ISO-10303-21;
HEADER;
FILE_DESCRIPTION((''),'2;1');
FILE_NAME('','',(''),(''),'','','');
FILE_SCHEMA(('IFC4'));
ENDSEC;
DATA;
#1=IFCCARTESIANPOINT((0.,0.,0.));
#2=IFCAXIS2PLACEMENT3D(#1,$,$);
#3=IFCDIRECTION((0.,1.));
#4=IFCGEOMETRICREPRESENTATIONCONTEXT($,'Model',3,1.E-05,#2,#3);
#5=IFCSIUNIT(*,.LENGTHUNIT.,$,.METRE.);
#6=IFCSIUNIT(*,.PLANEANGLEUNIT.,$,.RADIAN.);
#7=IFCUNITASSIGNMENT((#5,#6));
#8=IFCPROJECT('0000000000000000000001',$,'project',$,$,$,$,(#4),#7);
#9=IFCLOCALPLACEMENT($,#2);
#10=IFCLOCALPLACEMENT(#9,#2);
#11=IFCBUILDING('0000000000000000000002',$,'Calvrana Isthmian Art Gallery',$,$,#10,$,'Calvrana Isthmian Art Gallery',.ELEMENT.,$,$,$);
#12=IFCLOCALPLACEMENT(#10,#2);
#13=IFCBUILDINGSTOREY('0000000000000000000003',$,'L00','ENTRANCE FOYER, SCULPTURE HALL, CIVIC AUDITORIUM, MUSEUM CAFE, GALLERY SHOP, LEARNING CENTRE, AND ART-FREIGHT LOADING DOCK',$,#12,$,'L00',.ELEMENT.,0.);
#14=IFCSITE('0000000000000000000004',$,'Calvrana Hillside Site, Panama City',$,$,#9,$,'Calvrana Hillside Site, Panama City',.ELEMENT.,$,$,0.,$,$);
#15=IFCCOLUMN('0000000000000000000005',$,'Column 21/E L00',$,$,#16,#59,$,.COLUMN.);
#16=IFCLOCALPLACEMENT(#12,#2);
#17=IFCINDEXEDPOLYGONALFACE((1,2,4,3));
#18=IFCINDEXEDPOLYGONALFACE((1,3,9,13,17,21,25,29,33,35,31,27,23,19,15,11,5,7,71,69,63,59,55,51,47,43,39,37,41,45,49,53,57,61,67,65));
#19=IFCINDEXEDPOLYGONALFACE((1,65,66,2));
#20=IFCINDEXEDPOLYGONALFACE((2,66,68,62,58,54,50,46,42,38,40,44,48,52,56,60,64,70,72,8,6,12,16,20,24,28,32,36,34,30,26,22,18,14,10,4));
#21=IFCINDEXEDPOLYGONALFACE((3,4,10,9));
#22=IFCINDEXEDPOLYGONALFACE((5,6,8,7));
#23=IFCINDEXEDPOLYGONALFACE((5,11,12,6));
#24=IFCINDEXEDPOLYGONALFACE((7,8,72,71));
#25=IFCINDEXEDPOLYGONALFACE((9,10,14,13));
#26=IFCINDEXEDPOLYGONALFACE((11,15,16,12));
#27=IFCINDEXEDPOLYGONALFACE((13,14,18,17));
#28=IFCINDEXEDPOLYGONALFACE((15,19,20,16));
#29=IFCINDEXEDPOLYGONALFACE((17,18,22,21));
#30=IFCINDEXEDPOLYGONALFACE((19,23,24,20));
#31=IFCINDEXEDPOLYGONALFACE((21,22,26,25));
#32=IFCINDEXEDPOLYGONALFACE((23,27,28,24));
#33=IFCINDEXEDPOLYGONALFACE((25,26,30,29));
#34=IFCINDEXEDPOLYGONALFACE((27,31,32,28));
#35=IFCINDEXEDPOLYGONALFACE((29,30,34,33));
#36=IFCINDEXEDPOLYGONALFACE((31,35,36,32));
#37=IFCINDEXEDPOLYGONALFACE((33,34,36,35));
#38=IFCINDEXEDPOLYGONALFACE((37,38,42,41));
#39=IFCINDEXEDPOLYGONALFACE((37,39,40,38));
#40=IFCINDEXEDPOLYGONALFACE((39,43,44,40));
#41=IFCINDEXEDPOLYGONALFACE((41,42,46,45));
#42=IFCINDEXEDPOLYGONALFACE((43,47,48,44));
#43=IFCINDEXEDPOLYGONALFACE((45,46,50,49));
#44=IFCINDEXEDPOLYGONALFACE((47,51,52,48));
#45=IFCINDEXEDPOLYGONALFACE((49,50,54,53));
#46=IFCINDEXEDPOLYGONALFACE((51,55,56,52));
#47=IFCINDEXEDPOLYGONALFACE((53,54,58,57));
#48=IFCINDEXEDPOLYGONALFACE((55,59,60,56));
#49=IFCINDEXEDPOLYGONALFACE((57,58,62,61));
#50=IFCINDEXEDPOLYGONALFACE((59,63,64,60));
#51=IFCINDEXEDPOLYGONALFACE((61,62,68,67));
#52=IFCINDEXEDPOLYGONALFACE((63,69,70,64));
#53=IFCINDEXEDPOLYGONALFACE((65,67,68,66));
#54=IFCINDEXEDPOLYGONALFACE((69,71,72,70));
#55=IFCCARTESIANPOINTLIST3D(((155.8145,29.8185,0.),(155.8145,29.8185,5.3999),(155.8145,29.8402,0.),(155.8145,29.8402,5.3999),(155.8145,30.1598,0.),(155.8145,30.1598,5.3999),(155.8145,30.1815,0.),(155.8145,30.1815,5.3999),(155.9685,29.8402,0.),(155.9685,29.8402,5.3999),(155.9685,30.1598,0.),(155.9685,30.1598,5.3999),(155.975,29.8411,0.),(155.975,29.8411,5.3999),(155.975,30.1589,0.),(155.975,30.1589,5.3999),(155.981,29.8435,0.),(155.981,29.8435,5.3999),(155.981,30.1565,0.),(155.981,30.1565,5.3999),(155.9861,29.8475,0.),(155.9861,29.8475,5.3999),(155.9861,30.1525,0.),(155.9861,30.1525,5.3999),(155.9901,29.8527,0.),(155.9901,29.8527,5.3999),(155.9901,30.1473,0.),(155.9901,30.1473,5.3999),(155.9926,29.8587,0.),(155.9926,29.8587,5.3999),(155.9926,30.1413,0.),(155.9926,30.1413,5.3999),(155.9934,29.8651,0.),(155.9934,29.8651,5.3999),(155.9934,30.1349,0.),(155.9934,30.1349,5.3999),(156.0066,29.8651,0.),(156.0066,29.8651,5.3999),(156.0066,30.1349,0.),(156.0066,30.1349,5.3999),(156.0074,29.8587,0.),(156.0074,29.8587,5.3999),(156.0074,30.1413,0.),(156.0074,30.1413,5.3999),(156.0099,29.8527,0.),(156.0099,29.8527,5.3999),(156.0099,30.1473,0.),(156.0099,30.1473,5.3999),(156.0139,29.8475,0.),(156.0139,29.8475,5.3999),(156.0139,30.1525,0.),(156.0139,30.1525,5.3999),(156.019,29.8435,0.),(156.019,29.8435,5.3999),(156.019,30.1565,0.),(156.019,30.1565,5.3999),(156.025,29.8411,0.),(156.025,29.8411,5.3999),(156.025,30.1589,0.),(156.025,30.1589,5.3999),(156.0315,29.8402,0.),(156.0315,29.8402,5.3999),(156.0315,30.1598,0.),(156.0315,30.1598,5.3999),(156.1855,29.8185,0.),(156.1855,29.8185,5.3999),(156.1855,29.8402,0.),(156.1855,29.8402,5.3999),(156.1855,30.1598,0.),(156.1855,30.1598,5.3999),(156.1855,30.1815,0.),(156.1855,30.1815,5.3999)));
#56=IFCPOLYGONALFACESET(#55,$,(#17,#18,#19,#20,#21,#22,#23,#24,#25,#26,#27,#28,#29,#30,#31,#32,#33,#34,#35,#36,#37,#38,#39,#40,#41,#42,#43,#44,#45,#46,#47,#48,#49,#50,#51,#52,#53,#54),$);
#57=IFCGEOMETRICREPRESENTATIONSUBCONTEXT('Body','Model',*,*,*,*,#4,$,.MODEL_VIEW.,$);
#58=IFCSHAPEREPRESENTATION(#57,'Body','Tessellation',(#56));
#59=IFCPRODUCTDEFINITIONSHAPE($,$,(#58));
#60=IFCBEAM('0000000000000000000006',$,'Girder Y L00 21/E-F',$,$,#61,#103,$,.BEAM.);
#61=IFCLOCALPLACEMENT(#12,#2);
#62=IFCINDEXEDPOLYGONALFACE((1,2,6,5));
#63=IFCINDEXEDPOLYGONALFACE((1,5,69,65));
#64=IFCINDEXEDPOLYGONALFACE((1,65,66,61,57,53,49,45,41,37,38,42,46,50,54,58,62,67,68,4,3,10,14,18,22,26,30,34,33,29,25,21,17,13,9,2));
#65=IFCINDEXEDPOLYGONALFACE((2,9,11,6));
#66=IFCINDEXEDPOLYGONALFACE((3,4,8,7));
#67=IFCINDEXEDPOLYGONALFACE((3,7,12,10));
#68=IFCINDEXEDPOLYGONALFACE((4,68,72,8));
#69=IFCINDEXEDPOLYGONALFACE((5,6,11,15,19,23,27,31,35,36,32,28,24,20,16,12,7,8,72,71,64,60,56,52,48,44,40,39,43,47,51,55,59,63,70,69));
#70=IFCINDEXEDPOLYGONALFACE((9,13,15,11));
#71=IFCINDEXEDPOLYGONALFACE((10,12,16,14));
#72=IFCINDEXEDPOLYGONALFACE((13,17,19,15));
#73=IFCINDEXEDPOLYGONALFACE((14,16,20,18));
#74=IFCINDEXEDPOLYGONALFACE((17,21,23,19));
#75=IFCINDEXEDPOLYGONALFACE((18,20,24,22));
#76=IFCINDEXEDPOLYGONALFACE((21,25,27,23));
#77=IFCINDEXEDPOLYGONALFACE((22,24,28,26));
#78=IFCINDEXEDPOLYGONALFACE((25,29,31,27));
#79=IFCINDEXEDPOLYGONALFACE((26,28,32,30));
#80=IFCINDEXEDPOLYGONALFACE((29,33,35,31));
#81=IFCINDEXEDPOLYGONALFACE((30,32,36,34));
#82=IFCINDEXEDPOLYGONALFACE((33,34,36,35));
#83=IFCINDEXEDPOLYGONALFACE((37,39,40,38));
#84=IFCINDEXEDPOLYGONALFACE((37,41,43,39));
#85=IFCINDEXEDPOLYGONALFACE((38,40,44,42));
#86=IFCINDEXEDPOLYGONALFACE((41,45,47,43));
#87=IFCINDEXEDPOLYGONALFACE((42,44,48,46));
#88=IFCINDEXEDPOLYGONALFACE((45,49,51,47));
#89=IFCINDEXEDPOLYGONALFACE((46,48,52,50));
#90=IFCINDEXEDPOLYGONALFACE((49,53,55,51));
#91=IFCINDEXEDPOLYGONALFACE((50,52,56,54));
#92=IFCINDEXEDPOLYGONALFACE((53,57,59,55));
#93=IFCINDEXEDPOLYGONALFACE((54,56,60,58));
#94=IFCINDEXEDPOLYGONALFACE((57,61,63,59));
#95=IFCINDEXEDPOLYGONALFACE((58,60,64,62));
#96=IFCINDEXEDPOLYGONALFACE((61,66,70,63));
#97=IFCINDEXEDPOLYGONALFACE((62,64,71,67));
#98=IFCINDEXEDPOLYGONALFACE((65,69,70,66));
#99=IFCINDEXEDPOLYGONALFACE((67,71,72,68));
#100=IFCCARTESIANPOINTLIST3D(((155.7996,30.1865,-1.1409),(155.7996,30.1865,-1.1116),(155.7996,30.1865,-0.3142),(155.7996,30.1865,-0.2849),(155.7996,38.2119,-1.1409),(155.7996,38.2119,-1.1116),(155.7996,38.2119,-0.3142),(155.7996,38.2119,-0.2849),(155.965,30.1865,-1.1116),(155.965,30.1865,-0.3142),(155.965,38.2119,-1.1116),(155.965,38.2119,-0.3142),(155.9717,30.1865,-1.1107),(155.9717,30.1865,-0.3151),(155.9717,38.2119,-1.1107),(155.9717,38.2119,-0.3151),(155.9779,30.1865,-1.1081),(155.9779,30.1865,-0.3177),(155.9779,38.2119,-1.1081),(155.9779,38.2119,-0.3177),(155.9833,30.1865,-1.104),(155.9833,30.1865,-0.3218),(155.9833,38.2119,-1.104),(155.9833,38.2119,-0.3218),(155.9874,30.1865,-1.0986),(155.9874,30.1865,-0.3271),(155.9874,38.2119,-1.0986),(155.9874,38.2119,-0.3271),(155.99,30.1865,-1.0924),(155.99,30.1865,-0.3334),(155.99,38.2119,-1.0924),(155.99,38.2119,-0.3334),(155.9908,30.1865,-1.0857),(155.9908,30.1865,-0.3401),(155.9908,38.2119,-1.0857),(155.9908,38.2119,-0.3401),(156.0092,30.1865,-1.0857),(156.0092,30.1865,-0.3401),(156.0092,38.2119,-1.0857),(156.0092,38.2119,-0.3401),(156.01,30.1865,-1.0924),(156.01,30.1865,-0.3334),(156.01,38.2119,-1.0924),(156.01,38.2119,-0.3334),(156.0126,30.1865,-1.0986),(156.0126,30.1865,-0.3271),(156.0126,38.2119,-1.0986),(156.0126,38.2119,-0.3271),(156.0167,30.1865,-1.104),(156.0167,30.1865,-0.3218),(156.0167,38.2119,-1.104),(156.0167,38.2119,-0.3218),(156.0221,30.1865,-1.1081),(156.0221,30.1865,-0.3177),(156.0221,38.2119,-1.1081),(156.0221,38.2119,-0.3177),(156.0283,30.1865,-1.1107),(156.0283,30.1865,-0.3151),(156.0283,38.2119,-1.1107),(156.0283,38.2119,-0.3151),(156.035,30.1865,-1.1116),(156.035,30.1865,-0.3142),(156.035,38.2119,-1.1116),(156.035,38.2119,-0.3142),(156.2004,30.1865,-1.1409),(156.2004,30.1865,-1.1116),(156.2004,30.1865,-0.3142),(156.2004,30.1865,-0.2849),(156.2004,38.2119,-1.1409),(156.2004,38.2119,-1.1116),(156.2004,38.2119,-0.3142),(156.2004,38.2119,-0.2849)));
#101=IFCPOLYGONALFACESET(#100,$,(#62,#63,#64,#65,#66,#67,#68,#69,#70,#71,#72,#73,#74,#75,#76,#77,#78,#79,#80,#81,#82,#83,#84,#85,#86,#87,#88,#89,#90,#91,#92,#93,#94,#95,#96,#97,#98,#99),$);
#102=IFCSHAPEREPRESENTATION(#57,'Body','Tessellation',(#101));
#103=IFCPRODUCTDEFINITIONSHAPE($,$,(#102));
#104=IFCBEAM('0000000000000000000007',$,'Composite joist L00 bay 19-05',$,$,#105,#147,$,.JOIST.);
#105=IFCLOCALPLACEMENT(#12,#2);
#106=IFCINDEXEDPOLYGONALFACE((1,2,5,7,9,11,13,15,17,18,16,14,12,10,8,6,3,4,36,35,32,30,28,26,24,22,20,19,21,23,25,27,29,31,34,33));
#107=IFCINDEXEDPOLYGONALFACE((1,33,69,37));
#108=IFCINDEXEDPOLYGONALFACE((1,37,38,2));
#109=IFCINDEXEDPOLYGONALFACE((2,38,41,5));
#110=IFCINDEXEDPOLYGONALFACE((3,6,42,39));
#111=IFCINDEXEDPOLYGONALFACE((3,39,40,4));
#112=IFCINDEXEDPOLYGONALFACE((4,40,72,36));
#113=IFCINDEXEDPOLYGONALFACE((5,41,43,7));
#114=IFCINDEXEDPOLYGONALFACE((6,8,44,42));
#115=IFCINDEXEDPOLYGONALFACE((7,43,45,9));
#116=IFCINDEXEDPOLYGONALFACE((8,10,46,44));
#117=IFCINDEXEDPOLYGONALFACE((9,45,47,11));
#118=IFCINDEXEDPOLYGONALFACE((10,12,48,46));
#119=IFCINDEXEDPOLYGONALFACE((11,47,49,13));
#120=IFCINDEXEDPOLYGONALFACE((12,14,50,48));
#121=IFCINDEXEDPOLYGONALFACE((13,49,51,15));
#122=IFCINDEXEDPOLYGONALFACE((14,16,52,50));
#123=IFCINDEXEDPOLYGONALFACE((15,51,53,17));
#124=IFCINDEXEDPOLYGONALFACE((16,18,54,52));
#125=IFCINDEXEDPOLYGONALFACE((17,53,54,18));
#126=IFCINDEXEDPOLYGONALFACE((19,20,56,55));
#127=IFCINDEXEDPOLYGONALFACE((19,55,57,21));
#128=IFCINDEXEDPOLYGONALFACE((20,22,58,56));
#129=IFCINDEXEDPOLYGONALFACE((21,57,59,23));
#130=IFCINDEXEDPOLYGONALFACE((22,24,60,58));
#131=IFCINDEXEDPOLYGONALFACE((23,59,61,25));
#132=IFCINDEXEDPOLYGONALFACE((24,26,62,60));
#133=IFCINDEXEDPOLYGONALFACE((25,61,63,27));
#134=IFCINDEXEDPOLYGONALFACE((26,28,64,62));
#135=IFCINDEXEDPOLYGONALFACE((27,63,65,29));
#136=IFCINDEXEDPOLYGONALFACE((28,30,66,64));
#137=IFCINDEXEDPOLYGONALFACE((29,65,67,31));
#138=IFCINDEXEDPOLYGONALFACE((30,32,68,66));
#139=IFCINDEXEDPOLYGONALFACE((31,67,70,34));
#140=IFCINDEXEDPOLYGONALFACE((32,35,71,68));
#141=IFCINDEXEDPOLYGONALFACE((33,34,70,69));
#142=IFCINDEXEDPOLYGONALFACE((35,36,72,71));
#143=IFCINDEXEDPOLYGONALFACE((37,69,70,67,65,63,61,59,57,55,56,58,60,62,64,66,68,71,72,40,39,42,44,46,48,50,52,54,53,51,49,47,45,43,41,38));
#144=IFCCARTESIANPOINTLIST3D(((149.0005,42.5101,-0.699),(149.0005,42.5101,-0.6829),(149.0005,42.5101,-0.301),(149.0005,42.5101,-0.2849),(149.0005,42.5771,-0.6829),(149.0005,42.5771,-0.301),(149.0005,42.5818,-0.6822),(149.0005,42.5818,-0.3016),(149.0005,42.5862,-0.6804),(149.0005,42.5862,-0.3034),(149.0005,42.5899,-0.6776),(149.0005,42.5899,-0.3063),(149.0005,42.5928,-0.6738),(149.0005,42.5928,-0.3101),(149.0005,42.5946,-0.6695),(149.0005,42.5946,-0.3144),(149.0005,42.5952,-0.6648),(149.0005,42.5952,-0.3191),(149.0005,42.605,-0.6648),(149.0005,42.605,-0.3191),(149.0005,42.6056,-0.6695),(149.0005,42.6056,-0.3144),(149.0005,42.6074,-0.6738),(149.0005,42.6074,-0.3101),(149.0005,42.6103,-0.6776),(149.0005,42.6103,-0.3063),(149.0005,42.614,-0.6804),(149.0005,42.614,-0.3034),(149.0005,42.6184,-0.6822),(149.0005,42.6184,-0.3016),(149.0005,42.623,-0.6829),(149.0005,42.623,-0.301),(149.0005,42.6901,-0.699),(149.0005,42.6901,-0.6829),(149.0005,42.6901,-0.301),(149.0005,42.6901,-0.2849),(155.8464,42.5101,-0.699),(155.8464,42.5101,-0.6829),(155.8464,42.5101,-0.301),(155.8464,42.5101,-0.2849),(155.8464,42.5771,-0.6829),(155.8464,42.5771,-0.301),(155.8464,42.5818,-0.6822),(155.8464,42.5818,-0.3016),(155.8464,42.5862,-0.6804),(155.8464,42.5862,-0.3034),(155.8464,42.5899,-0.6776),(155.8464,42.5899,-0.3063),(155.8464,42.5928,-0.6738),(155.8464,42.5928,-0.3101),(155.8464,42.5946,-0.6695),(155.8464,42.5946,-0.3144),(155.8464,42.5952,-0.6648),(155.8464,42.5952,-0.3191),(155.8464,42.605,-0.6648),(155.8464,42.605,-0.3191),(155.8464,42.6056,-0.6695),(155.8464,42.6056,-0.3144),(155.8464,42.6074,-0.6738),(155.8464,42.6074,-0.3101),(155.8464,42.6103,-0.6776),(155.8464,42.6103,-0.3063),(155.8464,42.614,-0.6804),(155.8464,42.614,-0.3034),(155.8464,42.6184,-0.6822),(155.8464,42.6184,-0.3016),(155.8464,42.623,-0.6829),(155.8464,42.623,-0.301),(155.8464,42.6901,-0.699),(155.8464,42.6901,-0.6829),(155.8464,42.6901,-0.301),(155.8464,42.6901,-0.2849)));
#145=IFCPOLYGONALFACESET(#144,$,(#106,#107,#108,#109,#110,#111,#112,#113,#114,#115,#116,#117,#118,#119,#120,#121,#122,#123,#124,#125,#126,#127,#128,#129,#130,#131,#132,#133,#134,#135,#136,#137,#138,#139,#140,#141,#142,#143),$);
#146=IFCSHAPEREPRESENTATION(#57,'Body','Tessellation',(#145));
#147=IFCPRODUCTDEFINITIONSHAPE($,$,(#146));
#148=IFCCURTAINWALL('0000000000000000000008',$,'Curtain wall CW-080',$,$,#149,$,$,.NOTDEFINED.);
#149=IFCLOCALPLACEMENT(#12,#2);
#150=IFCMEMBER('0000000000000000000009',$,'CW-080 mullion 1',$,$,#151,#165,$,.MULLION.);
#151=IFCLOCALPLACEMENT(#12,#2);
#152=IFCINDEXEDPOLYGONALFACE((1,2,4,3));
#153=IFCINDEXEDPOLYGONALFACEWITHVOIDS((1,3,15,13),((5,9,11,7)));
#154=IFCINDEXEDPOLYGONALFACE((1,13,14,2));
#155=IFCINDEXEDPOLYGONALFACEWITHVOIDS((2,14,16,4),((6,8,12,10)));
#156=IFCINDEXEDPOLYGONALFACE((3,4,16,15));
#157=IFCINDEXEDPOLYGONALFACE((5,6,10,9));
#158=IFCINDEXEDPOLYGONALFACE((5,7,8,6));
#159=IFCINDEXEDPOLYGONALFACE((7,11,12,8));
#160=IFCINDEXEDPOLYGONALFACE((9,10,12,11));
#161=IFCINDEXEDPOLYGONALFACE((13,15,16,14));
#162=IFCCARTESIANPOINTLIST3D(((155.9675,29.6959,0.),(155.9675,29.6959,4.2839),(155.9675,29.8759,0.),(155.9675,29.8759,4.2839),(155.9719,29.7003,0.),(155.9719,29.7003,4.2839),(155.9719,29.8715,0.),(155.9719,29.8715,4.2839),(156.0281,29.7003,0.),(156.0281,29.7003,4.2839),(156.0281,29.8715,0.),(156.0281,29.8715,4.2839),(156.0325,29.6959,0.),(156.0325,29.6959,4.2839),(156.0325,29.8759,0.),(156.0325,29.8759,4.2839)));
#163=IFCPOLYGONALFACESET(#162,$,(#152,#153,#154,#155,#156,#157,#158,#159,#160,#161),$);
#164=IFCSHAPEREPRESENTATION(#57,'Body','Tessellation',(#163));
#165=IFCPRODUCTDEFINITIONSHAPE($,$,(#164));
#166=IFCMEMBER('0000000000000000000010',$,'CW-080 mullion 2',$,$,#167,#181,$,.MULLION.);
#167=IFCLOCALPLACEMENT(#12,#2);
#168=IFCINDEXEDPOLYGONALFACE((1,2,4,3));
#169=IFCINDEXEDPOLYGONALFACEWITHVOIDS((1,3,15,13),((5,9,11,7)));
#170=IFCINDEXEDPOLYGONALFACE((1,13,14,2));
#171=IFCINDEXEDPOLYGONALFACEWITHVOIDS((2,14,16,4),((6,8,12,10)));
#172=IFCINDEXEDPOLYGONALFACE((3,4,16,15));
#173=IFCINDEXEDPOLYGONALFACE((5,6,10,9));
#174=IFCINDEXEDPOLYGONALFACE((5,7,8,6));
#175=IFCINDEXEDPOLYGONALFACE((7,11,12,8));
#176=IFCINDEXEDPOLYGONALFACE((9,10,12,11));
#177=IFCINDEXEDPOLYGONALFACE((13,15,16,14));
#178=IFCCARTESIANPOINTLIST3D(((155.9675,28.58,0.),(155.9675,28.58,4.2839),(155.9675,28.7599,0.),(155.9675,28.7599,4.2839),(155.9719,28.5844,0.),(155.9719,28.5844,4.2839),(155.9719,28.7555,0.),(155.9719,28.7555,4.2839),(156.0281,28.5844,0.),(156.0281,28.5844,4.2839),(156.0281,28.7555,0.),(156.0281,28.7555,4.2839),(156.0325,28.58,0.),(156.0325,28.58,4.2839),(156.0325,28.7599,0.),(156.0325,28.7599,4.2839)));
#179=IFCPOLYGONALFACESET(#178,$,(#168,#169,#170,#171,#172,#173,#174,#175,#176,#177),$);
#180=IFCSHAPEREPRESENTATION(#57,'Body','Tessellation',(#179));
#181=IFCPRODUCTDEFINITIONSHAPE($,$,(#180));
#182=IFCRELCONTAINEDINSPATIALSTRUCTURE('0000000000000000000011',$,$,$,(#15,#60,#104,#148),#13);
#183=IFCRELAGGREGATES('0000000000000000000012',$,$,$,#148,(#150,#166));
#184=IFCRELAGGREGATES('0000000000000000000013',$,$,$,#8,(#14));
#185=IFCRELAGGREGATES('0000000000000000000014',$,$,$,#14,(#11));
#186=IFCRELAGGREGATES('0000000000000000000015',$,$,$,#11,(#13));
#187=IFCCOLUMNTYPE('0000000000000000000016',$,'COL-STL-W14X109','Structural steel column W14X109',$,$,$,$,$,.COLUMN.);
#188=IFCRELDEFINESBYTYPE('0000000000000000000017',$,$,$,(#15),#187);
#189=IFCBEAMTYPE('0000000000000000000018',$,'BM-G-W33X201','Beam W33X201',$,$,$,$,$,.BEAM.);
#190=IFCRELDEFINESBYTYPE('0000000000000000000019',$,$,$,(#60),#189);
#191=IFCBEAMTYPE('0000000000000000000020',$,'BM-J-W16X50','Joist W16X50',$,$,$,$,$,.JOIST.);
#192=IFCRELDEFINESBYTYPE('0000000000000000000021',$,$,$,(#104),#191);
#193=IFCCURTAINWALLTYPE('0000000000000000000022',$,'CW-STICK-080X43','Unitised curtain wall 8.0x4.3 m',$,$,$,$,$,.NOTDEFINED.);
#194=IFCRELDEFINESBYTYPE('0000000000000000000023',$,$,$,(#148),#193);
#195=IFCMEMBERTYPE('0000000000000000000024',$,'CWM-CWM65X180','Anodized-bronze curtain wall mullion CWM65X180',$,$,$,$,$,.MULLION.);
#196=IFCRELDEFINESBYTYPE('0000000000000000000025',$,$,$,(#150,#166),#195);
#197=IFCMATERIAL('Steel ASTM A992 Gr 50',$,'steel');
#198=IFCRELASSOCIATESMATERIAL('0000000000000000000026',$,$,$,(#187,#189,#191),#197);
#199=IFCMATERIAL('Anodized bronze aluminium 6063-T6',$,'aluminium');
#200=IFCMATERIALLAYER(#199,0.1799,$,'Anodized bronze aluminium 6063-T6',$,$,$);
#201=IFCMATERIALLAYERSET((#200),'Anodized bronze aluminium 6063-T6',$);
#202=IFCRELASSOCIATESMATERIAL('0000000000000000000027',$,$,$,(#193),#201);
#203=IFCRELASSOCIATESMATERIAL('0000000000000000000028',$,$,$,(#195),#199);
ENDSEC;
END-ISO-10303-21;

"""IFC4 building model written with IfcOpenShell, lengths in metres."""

from ifc_helpers import new_model, si_unit, direction, frame, origin, origin_2d, place, context, subcontext, project, spatial, hollow_rectangle, i_section, extrude, material, layer, layer_set, material_profile, profile_set, type_object, element, aggregate, save


model = new_model("IFC4")

# Units and contexts
model_context = context("Model", 3, precision=1e-05, world=origin(), true_north=direction((0.0, 1.0)))
body_context = subcontext(model_context, "Body", "Model", "MODEL_VIEW")
ifc_project = project(units=[si_unit("LENGTHUNIT", "METRE"), si_unit("PLANEANGLEUNIT", "RADIAN")], contexts=[model_context])

# Site, building, storey
site_placement = place(None, origin())
site = spatial("IfcSite", under=ifc_project, at=site_placement, Name="Calvrana Hillside Site, Panama City", LongName="Calvrana Hillside Site, Panama City", CompositionType="ELEMENT", RefElevation=0.0)
building_placement = place(site_placement, origin())
building = spatial("IfcBuilding", under=site, at=building_placement, Name="Calvrana Isthmian Art Gallery", LongName="Calvrana Isthmian Art Gallery", CompositionType="ELEMENT")
storey_placement = place(building_placement, origin())
storey = spatial("IfcBuildingStorey", under=building, at=storey_placement, Name="L00", Description="ENTRANCE FOYER, SCULPTURE HALL, CIVIC AUDITORIUM, MUSEUM CAFE, GALLERY SHOP, LEARNING CENTRE, AND ART-FREIGHT LOADING DOCK", LongName="L00", CompositionType="ELEMENT", Elevation=0.0)

# Column
ifc_material_1 = material(Name="Steel ASTM A992 Gr 50", Category="steel")
ifc_material_profile_1 = material_profile(ifc_material_1, i_section(OverallWidth=0.3711, OverallDepth=0.363, WebThickness=0.0132, FlangeThickness=0.0217, FilletRadius=0.0249, at=origin_2d()), Name="W14X109")
ifc_profile_set_1 = profile_set([ifc_material_profile_1], Name="Steel ASTM A992 Gr 50")
column_type = type_object("IfcColumnType", Name="COL-STL-W14X109", Description="Structural steel column W14X109", PredefinedType="COLUMN", material=ifc_profile_set_1)
column_placement = place(storey_placement, frame((156.0, 30.0, 0.0), z_axis=(0.0, 0.0, 1.0), x_axis=(1.0, 0.0, 0.0)))
element("IfcColumn", 1, at=column_placement, inside=storey, type_object=column_type, Name="Column 21/E L00", PredefinedType="COLUMN", context=body_context, shape_type="SweptSolid", body=[
    extrude(i_section(OverallWidth=0.3711, OverallDepth=0.363, WebThickness=0.0132, FlangeThickness=0.0217, FilletRadius=0.0249, at=origin_2d()), origin(), (0.0, 0.0, 1.0), 5.3999),
])

# Beams
ifc_material_profile_2 = material_profile(ifc_material_1, i_section(OverallWidth=0.4009, OverallDepth=0.856, WebThickness=0.0183, FlangeThickness=0.0293, FilletRadius=0.0259, at=origin_2d()), Name="W33X201")
ifc_profile_set_2 = profile_set([ifc_material_profile_2], Name="Steel ASTM A992 Gr 50")
beam_type_1 = type_object("IfcBeamType", Name="BM-G-W33X201", Description="Beam W33X201", PredefinedType="BEAM", material=ifc_profile_set_2)
beam_1_placement = place(storey_placement, frame((156.0, 30.1865, -0.7129), z_axis=(0.0, 1.0, 0.0), x_axis=(-1.0, 0.0, 0.0)))
element("IfcBeam", 2, at=beam_1_placement, inside=storey, type_object=beam_type_1, Name="Girder Y L00 21/E-F", PredefinedType="BEAM", context=body_context, shape_type="SweptSolid", body=[
    extrude(i_section(OverallWidth=0.4009, OverallDepth=0.856, WebThickness=0.0183, FlangeThickness=0.0293, FilletRadius=0.0259, at=origin_2d()), origin(), (0.0, 0.0, 1.0), 8.0254),
])
ifc_material_profile_3 = material_profile(ifc_material_1, i_section(OverallWidth=0.1799, OverallDepth=0.4141, WebThickness=0.0098, FlangeThickness=0.0161, FilletRadius=0.0181, at=origin_2d()), Name="W16X50")
ifc_profile_set_3 = profile_set([ifc_material_profile_3], Name="Steel ASTM A992 Gr 50")
beam_type_2 = type_object("IfcBeamType", Name="BM-J-W16X50", Description="Joist W16X50", PredefinedType="JOIST", material=ifc_profile_set_3)
beam_2_placement = place(storey_placement, frame((149.0005, 42.6001, -0.4919), z_axis=(1.0, 0.0, 0.0), x_axis=(0.0, 1.0, 0.0)))
element("IfcBeam", 3, at=beam_2_placement, inside=storey, type_object=beam_type_2, Name="Composite joist L00 bay 19-05", PredefinedType="JOIST", context=body_context, shape_type="SweptSolid", body=[
    extrude(i_section(OverallWidth=0.1799, OverallDepth=0.4141, WebThickness=0.0098, FlangeThickness=0.0161, FilletRadius=0.0181, at=origin_2d()), origin(), (0.0, 0.0, 1.0), 6.8459),
])

# Curtain wall, members
ifc_material_2 = material(Name="Anodized bronze aluminium 6063-T6", Category="aluminium")
ifc_layer_1 = layer(ifc_material_2, 0.1799, Name="Anodized bronze aluminium 6063-T6")
ifc_layer_set_1 = layer_set([ifc_layer_1], Name="Anodized bronze aluminium 6063-T6")
curtain_wall_type_1 = type_object("IfcCurtainWallType", Name="CW-STICK-080X43", Description="Unitised curtain wall 8.0x4.3 m", PredefinedType="NOTDEFINED", material=ifc_layer_set_1)
curtain_wall_1_placement = place(storey_placement, origin())
curtain_wall_1 = element("IfcCurtainWall", 4, at=curtain_wall_1_placement, inside=storey, type_object=curtain_wall_type_1, Name="Curtain wall CW-080", PredefinedType="NOTDEFINED")
ifc_material_profile_4 = material_profile(ifc_material_2, hollow_rectangle(XDim=0.0649, YDim=0.1799, WallThickness=0.0044, at=origin_2d()), Name="CWM65X180")
ifc_profile_set_4 = profile_set([ifc_material_profile_4], Name="Anodized bronze aluminium 6063-T6")
member_type_1 = type_object("IfcMemberType", Name="CWM-CWM65X180", Description="Anodized-bronze curtain wall mullion CWM65X180", PredefinedType="MULLION", material=ifc_profile_set_4)
member_1_placement = place(storey_placement, frame((156.0, 29.7859, 0.0), z_axis=(0.0, 0.0, 1.0), x_axis=(1.0, 0.0, 0.0)))
member_1 = element("IfcMember", 5, at=member_1_placement, type_object=member_type_1, Name="CW-080 mullion 1", PredefinedType="MULLION", context=body_context, shape_type="SweptSolid", body=[
    extrude(hollow_rectangle(XDim=0.0649, YDim=0.1799, WallThickness=0.0044, at=origin_2d()), origin(), (0.0, 0.0, 1.0), 4.2839),
])
member_2_placement = place(storey_placement, frame((156.0, 28.6699, 0.0), z_axis=(0.0, 0.0, 1.0), x_axis=(1.0, 0.0, 0.0)))
member_2 = element("IfcMember", 6, at=member_2_placement, type_object=member_type_1, Name="CW-080 mullion 2", PredefinedType="MULLION", context=body_context, shape_type="SweptSolid", body=[
    extrude(hollow_rectangle(XDim=0.0649, YDim=0.1799, WallThickness=0.0044, at=origin_2d()), origin(), (0.0, 0.0, 1.0), 4.2839),
])

aggregate(curtain_wall_1, [member_1, member_2])

save(model, "model.ifc")
